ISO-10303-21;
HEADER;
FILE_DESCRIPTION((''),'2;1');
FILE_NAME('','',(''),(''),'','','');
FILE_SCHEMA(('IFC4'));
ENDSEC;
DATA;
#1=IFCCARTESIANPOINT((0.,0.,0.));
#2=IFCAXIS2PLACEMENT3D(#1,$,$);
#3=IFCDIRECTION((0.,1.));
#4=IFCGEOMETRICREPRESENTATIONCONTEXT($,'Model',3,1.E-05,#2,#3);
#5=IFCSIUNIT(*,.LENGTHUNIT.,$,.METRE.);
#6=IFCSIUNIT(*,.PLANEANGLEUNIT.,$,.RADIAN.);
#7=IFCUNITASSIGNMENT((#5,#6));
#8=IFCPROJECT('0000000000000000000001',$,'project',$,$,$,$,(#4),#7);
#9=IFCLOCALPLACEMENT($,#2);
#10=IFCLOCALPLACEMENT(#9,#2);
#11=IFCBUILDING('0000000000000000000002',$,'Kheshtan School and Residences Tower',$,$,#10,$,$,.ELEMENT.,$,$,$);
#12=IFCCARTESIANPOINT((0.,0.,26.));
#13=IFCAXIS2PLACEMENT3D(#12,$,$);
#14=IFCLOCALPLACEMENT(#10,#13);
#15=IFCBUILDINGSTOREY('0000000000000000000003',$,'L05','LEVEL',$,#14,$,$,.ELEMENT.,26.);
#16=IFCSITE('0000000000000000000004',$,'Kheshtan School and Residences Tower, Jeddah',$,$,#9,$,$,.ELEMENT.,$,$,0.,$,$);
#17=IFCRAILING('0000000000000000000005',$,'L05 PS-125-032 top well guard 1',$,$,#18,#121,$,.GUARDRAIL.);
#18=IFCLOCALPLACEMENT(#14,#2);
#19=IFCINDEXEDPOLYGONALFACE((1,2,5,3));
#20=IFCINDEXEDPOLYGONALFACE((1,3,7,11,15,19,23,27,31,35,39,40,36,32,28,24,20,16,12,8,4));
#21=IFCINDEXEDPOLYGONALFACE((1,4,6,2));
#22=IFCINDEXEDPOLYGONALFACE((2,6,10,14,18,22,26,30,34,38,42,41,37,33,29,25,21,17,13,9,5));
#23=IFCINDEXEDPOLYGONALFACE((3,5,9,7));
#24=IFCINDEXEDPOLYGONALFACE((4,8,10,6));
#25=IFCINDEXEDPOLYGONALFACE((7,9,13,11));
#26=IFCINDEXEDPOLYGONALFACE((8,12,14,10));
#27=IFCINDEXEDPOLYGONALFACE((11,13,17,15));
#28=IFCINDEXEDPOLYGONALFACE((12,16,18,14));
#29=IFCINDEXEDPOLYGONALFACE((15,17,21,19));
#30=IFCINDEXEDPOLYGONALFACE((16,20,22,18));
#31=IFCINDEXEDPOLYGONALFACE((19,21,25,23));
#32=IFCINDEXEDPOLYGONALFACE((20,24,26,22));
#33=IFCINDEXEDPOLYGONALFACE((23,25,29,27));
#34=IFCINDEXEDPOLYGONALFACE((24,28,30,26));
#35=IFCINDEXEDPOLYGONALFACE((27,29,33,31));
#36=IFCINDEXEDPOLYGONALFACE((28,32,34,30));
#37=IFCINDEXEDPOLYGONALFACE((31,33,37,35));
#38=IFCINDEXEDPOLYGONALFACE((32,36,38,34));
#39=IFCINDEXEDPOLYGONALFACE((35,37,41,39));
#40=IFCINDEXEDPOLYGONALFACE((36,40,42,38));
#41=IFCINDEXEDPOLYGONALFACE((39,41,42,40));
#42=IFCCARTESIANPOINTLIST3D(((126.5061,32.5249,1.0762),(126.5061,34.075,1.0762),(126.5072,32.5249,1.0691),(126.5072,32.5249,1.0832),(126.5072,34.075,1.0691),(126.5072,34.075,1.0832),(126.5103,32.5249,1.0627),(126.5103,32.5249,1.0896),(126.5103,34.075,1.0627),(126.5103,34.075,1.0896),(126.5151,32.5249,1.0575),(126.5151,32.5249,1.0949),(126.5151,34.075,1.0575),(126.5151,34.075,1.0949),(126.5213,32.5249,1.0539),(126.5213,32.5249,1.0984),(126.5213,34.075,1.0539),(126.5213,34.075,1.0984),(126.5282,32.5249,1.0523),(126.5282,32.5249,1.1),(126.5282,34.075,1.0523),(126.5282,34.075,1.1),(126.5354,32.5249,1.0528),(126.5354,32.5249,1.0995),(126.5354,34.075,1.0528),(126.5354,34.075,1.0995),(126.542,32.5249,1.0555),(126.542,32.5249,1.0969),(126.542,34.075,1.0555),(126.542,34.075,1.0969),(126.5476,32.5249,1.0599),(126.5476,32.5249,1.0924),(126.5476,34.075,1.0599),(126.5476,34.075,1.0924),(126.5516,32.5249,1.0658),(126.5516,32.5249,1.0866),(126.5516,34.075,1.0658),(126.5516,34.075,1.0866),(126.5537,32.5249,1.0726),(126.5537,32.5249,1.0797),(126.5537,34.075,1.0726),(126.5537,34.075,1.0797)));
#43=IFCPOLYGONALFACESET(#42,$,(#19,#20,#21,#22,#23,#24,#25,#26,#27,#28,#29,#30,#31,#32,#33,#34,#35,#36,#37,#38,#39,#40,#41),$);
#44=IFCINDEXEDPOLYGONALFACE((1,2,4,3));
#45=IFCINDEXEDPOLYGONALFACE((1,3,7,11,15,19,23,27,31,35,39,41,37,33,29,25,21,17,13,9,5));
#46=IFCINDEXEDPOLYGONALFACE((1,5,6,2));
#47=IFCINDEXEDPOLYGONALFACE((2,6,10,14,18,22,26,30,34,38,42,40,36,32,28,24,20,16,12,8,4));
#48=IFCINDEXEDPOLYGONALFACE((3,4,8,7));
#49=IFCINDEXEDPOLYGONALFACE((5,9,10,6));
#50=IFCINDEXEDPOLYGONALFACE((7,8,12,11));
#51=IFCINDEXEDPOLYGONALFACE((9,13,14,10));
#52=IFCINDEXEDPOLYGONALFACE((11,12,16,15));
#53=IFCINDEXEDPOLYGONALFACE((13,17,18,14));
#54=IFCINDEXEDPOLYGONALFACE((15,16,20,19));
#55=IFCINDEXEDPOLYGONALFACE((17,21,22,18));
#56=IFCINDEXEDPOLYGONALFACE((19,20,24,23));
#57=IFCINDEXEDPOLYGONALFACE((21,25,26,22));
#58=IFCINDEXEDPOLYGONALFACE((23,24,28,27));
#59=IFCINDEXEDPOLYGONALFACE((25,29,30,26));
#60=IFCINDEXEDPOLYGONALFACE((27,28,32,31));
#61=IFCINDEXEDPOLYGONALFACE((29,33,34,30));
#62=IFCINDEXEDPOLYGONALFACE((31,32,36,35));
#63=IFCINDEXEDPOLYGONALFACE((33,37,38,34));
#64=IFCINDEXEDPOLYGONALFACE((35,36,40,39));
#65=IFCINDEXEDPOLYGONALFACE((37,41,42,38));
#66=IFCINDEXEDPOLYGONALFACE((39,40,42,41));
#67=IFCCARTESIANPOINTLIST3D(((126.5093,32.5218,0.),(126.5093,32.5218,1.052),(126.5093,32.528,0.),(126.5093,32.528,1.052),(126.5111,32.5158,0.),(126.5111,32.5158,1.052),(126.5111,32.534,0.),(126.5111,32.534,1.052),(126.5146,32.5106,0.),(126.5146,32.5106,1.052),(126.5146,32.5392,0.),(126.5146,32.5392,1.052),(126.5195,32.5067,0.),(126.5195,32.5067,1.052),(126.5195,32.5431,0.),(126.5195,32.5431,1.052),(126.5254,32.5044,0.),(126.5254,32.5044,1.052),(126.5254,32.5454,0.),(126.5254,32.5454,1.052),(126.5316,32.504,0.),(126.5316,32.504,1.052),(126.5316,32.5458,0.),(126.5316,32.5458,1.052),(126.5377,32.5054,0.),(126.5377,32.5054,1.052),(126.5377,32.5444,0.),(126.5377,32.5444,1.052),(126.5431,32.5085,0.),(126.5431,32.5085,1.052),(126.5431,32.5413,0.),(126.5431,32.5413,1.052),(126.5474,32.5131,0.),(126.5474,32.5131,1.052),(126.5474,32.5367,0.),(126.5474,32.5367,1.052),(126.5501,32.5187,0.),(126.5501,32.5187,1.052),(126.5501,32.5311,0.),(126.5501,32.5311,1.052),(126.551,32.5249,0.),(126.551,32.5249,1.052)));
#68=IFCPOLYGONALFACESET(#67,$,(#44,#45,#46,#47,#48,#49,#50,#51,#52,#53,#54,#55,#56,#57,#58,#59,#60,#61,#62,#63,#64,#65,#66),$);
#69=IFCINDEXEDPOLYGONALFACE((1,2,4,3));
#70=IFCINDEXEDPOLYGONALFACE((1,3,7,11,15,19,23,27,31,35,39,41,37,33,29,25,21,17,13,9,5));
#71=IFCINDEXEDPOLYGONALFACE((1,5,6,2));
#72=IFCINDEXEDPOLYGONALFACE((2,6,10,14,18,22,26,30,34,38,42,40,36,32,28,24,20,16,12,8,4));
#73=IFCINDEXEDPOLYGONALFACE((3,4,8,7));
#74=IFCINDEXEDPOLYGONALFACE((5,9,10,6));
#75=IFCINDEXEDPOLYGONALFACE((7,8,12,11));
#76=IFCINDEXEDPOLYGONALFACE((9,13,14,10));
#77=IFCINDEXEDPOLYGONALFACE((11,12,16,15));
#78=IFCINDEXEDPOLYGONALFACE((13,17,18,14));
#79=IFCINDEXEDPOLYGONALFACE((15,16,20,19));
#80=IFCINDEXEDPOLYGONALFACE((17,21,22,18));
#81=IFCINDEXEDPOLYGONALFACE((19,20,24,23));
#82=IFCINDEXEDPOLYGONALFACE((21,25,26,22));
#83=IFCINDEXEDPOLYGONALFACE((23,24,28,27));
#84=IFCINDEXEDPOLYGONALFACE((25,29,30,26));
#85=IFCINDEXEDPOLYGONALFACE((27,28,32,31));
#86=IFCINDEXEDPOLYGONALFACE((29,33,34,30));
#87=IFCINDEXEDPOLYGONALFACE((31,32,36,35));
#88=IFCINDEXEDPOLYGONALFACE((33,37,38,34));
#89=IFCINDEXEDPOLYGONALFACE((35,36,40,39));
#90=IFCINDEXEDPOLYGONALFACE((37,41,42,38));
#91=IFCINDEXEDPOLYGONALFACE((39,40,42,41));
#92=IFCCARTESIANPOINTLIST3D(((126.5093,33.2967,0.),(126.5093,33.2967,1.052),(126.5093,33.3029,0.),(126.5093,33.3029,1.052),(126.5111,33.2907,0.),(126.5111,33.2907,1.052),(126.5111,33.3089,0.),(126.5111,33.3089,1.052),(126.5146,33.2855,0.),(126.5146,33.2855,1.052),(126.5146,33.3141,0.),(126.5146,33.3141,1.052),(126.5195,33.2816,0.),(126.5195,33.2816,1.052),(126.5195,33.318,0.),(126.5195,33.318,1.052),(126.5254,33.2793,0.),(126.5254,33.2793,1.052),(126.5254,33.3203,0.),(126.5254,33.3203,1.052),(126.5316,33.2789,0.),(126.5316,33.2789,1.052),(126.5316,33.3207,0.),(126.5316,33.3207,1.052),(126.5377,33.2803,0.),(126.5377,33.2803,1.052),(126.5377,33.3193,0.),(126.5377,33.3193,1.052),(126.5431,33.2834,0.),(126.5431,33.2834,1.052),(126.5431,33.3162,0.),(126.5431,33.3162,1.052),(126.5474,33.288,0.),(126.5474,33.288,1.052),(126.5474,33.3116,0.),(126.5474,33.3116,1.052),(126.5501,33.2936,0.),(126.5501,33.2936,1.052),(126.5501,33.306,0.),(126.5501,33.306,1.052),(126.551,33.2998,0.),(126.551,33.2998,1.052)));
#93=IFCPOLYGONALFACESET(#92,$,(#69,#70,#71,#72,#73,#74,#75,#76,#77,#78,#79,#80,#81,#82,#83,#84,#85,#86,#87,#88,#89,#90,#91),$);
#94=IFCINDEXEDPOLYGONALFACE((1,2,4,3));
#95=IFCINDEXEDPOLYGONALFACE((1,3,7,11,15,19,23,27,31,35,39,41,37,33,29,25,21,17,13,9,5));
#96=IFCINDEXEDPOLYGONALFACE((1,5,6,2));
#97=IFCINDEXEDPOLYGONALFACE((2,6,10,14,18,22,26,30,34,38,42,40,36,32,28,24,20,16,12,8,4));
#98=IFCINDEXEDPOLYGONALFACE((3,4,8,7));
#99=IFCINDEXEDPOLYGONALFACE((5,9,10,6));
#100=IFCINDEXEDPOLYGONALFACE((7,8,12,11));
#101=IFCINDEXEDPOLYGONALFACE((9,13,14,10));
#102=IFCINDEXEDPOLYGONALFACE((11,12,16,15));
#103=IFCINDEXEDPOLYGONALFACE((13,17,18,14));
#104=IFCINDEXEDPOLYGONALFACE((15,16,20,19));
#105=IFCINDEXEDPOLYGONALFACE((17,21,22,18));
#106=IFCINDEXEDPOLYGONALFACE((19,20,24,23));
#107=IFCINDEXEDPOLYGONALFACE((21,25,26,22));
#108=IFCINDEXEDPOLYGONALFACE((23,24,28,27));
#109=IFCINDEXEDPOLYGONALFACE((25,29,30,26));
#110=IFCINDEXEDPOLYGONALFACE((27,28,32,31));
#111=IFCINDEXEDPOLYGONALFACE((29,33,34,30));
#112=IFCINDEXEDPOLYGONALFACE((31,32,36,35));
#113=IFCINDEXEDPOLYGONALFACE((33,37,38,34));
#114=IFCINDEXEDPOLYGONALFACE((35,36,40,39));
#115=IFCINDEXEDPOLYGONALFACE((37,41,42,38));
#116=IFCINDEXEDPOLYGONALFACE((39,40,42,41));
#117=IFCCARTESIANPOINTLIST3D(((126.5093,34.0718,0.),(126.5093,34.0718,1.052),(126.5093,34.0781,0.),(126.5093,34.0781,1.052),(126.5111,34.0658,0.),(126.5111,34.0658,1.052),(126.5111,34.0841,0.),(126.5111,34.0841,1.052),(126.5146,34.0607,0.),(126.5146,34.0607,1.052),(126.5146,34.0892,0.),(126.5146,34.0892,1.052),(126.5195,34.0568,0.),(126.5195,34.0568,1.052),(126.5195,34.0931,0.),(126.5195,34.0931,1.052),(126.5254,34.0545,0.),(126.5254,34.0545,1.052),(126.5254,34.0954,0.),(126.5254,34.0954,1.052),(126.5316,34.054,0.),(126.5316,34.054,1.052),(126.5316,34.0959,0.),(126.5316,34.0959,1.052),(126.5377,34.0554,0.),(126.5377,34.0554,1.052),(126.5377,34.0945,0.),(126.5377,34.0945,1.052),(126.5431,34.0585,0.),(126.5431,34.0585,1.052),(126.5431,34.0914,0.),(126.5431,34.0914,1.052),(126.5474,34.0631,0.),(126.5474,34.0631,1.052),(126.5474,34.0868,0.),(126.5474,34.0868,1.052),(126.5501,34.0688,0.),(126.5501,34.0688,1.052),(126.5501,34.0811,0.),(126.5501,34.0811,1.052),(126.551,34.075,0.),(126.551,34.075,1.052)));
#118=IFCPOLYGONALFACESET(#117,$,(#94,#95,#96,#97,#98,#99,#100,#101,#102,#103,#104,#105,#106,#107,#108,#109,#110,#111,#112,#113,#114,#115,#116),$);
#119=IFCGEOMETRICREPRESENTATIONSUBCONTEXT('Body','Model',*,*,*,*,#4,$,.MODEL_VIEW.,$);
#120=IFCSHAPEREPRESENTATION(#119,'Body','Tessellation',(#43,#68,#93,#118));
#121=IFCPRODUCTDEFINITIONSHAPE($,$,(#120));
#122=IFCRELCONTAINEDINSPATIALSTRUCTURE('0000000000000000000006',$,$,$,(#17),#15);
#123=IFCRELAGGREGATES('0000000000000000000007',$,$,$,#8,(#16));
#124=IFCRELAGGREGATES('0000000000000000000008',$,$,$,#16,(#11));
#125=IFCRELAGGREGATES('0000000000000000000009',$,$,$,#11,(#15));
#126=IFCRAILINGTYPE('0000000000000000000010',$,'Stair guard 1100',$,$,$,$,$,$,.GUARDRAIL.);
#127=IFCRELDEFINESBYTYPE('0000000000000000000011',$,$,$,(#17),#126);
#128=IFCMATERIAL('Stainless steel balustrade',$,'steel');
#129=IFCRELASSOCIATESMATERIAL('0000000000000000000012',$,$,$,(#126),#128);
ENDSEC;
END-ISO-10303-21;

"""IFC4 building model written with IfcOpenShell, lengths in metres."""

from ifc_helpers import new_model, si_unit, direction, frame, origin, origin_2d, place, context, subcontext, project, spatial, circle, extrude, material, type_object, element, save


model = new_model("IFC4")

# Units and contexts
model_context = context("Model", 3, precision=1e-05, world=origin(), true_north=direction((0.0, 1.0)))
body_context = subcontext(model_context, "Body", "Model", "MODEL_VIEW")
ifc_project = project(units=[si_unit("LENGTHUNIT", "METRE"), si_unit("PLANEANGLEUNIT", "RADIAN")], contexts=[model_context])

# Site, building, storey
site_placement = place(None, origin())
site = spatial("IfcSite", under=ifc_project, at=site_placement, Name="Kheshtan School and Residences Tower, Jeddah", CompositionType="ELEMENT", RefElevation=0.0)
building_placement = place(site_placement, origin())
building = spatial("IfcBuilding", under=site, at=building_placement, Name="Kheshtan School and Residences Tower", CompositionType="ELEMENT")
storey_placement = place(building_placement, frame((0.0, 0.0, 26.0)))
storey = spatial("IfcBuildingStorey", under=building, at=storey_placement, Name="L05", Description="LEVEL", CompositionType="ELEMENT", Elevation=26.0)

# Railing
ifc_material_1 = material(Name="Stainless steel balustrade", Category="steel")
railing_type = type_object("IfcRailingType", Name="Stair guard 1100", PredefinedType="GUARDRAIL", material=ifc_material_1)
railing_1_placement = place(storey_placement, frame((126.53, 32.5249, 0.0)))
element("IfcRailing", 1, at=railing_1_placement, inside=storey, type_object=railing_type, Name="L05 PS-125-032 top well guard 1", PredefinedType="GUARDRAIL", context=body_context, shape_type="SweptSolid", body=[
    extrude(circle(Radius=0.0239, at=origin_2d()), frame((0.0, 0.0, 1.0762), z_axis=(0.0, 1.0, 0.0), x_axis=(-1.0, 0.0, 0.0)), (0.0, 0.0, 1.0), 1.55),
    extrude(circle(Radius=0.021, at=origin_2d()), origin(), (0.0, 0.0, 1.0), 1.052),
    extrude(circle(Radius=0.021, at=origin_2d()), frame((0.0, 0.7749, 0.0)), (0.0, 0.0, 1.0), 1.052),
    extrude(circle(Radius=0.021, at=origin_2d()), frame((0.0, 1.55, 0.0)), (0.0, 0.0, 1.0), 1.052),
])

save(model, "model.ifc")
